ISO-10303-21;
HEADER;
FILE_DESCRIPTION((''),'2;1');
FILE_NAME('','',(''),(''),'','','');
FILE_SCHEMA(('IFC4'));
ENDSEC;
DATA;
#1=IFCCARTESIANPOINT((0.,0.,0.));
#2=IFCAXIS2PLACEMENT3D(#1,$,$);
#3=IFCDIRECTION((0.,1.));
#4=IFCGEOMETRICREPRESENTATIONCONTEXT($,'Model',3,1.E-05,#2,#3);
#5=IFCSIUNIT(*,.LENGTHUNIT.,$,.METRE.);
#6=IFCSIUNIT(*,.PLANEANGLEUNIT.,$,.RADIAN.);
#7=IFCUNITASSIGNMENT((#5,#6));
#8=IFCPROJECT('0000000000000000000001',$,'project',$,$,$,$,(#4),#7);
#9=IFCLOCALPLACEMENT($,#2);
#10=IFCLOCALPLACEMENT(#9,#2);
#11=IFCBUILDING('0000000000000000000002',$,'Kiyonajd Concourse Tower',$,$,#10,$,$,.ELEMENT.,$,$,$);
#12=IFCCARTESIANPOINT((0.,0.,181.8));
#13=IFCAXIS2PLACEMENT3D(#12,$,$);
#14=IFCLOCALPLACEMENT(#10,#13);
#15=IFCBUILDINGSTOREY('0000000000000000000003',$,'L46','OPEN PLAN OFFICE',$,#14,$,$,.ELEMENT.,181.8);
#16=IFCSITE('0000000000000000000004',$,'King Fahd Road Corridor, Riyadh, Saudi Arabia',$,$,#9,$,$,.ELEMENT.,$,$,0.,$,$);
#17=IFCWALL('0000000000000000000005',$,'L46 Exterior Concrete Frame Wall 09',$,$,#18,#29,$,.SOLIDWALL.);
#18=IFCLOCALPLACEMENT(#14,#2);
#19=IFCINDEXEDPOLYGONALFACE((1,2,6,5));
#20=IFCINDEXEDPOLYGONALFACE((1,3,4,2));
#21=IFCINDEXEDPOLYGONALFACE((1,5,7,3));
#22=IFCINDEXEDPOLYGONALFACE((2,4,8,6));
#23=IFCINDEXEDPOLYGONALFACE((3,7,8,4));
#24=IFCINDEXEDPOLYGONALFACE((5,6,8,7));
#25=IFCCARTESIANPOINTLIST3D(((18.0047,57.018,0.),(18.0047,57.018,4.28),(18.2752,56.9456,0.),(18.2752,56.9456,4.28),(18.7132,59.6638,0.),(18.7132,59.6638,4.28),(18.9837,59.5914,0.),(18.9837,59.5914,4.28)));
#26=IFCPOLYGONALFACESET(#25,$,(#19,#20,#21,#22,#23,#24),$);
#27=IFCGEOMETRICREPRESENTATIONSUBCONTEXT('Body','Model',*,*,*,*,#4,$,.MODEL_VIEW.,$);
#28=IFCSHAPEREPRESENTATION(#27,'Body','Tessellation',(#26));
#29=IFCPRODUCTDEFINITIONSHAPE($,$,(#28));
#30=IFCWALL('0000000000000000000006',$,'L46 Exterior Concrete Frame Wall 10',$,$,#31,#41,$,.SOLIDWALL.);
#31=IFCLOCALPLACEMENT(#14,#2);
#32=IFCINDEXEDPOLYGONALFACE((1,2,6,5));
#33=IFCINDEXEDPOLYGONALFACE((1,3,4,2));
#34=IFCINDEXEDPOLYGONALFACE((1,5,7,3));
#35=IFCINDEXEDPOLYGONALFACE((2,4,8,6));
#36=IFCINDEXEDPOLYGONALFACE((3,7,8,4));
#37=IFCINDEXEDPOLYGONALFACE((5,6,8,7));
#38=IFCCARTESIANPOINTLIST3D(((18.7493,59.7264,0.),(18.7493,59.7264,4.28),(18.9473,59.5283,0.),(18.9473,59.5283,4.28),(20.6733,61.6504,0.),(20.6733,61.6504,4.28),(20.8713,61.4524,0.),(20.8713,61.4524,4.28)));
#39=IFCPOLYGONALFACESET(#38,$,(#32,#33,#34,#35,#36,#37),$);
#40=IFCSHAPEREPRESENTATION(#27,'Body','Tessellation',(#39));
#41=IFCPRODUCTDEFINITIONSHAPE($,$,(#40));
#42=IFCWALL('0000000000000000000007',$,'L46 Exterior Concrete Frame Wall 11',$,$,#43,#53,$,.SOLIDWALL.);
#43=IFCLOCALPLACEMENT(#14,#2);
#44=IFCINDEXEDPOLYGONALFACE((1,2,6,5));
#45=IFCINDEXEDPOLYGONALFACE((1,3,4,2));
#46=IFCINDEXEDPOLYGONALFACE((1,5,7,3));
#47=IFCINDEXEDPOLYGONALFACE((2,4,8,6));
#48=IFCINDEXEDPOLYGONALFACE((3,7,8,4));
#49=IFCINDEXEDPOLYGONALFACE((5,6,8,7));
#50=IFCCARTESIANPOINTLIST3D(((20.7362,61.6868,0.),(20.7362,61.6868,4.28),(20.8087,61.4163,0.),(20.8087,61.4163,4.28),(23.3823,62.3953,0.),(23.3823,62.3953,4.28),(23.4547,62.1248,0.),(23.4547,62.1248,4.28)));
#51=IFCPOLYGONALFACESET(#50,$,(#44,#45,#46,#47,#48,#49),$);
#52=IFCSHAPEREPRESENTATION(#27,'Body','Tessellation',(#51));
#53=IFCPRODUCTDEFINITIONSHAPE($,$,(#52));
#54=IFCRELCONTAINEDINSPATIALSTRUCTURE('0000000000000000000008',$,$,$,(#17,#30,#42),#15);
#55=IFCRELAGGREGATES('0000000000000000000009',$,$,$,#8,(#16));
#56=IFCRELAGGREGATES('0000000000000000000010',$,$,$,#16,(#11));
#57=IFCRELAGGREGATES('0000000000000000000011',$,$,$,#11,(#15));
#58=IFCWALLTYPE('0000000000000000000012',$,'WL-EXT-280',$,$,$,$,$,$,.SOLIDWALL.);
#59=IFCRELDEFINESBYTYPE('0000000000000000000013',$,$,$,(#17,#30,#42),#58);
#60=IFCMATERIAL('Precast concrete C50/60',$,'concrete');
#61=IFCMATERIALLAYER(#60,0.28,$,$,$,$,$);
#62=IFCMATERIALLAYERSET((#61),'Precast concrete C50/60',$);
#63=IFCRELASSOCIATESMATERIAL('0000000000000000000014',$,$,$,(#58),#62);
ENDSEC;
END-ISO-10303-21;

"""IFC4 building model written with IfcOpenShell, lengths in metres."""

from ifc_helpers import new_model, si_unit, direction, frame, frame_2d, origin, place, context, subcontext, project, spatial, rectangle, extrude, material, layer, layer_set, type_object, element, save


model = new_model("IFC4")

# Units and contexts
model_context = context("Model", 3, precision=1e-05, world=origin(), true_north=direction((0.0, 1.0)))
body_context = subcontext(model_context, "Body", "Model", "MODEL_VIEW")
ifc_project = project(units=[si_unit("LENGTHUNIT", "METRE"), si_unit("PLANEANGLEUNIT", "RADIAN")], contexts=[model_context])

# Site, building, storey
site_placement = place(None, origin())
site = spatial("IfcSite", under=ifc_project, at=site_placement, Name="King Fahd Road Corridor, Riyadh, Saudi Arabia", CompositionType="ELEMENT", RefElevation=0.0)
building_placement = place(site_placement, origin())
building = spatial("IfcBuilding", under=site, at=building_placement, Name="Kiyonajd Concourse Tower", CompositionType="ELEMENT")
storey_placement = place(building_placement, frame((0.0, 0.0, 181.8)))
storey = spatial("IfcBuildingStorey", under=building, at=storey_placement, Name="L46", Description="OPEN PLAN OFFICE", CompositionType="ELEMENT", Elevation=181.8)

# Walls
ifc_material_1 = material(Name="Precast concrete C50/60", Category="concrete")
ifc_layer_1 = layer(ifc_material_1, 0.28)
ifc_layer_set_1 = layer_set([ifc_layer_1], Name="Precast concrete C50/60")
wall_type = type_object("IfcWallType", Name="WL-EXT-280", PredefinedType="SOLIDWALL", material=ifc_layer_set_1)
wall_1_placement = place(storey_placement, frame((18.1399, 56.9817, 0.0), z_axis=(0.0, 0.0, 1.0), x_axis=(0.258672, 0.965965, 0.0)))
element("IfcWall", 1, at=wall_1_placement, inside=storey, type_object=wall_type, Name="L46 Exterior Concrete Frame Wall 09", PredefinedType="SOLIDWALL", context=body_context, shape_type="SweptSolid", body=[
    extrude(rectangle(XDim=2.739, YDim=0.28, at=frame_2d((1.3696, 0.0))), origin(), (0.0, 0.0, 1.0), 4.28),
])
wall_2_placement = place(storey_placement, frame((18.8484, 59.6274, 0.0), z_axis=(0.0, 0.0, 1.0), x_axis=(0.707107, 0.707107, 0.0)))
element("IfcWall", 2, at=wall_2_placement, inside=storey, type_object=wall_type, Name="L46 Exterior Concrete Frame Wall 10", PredefinedType="SOLIDWALL", context=body_context, shape_type="SweptSolid", body=[
    extrude(rectangle(XDim=2.7209, YDim=0.28, at=frame_2d((1.3604, 0.0))), origin(), (0.0, 0.0, 1.0), 4.28),
])
wall_3_placement = place(storey_placement, frame((20.7725, 61.5515, 0.0), z_axis=(0.0, 0.0, 1.0), x_axis=(0.965971, 0.25865, 0.0)))
element("IfcWall", 3, at=wall_3_placement, inside=storey, type_object=wall_type, Name="L46 Exterior Concrete Frame Wall 11", PredefinedType="SOLIDWALL", context=body_context, shape_type="SweptSolid", body=[
    extrude(rectangle(XDim=2.7393, YDim=0.28, at=frame_2d((1.3696, 0.0))), origin(), (0.0, 0.0, 1.0), 4.28),
])

save(model, "model.ifc")
